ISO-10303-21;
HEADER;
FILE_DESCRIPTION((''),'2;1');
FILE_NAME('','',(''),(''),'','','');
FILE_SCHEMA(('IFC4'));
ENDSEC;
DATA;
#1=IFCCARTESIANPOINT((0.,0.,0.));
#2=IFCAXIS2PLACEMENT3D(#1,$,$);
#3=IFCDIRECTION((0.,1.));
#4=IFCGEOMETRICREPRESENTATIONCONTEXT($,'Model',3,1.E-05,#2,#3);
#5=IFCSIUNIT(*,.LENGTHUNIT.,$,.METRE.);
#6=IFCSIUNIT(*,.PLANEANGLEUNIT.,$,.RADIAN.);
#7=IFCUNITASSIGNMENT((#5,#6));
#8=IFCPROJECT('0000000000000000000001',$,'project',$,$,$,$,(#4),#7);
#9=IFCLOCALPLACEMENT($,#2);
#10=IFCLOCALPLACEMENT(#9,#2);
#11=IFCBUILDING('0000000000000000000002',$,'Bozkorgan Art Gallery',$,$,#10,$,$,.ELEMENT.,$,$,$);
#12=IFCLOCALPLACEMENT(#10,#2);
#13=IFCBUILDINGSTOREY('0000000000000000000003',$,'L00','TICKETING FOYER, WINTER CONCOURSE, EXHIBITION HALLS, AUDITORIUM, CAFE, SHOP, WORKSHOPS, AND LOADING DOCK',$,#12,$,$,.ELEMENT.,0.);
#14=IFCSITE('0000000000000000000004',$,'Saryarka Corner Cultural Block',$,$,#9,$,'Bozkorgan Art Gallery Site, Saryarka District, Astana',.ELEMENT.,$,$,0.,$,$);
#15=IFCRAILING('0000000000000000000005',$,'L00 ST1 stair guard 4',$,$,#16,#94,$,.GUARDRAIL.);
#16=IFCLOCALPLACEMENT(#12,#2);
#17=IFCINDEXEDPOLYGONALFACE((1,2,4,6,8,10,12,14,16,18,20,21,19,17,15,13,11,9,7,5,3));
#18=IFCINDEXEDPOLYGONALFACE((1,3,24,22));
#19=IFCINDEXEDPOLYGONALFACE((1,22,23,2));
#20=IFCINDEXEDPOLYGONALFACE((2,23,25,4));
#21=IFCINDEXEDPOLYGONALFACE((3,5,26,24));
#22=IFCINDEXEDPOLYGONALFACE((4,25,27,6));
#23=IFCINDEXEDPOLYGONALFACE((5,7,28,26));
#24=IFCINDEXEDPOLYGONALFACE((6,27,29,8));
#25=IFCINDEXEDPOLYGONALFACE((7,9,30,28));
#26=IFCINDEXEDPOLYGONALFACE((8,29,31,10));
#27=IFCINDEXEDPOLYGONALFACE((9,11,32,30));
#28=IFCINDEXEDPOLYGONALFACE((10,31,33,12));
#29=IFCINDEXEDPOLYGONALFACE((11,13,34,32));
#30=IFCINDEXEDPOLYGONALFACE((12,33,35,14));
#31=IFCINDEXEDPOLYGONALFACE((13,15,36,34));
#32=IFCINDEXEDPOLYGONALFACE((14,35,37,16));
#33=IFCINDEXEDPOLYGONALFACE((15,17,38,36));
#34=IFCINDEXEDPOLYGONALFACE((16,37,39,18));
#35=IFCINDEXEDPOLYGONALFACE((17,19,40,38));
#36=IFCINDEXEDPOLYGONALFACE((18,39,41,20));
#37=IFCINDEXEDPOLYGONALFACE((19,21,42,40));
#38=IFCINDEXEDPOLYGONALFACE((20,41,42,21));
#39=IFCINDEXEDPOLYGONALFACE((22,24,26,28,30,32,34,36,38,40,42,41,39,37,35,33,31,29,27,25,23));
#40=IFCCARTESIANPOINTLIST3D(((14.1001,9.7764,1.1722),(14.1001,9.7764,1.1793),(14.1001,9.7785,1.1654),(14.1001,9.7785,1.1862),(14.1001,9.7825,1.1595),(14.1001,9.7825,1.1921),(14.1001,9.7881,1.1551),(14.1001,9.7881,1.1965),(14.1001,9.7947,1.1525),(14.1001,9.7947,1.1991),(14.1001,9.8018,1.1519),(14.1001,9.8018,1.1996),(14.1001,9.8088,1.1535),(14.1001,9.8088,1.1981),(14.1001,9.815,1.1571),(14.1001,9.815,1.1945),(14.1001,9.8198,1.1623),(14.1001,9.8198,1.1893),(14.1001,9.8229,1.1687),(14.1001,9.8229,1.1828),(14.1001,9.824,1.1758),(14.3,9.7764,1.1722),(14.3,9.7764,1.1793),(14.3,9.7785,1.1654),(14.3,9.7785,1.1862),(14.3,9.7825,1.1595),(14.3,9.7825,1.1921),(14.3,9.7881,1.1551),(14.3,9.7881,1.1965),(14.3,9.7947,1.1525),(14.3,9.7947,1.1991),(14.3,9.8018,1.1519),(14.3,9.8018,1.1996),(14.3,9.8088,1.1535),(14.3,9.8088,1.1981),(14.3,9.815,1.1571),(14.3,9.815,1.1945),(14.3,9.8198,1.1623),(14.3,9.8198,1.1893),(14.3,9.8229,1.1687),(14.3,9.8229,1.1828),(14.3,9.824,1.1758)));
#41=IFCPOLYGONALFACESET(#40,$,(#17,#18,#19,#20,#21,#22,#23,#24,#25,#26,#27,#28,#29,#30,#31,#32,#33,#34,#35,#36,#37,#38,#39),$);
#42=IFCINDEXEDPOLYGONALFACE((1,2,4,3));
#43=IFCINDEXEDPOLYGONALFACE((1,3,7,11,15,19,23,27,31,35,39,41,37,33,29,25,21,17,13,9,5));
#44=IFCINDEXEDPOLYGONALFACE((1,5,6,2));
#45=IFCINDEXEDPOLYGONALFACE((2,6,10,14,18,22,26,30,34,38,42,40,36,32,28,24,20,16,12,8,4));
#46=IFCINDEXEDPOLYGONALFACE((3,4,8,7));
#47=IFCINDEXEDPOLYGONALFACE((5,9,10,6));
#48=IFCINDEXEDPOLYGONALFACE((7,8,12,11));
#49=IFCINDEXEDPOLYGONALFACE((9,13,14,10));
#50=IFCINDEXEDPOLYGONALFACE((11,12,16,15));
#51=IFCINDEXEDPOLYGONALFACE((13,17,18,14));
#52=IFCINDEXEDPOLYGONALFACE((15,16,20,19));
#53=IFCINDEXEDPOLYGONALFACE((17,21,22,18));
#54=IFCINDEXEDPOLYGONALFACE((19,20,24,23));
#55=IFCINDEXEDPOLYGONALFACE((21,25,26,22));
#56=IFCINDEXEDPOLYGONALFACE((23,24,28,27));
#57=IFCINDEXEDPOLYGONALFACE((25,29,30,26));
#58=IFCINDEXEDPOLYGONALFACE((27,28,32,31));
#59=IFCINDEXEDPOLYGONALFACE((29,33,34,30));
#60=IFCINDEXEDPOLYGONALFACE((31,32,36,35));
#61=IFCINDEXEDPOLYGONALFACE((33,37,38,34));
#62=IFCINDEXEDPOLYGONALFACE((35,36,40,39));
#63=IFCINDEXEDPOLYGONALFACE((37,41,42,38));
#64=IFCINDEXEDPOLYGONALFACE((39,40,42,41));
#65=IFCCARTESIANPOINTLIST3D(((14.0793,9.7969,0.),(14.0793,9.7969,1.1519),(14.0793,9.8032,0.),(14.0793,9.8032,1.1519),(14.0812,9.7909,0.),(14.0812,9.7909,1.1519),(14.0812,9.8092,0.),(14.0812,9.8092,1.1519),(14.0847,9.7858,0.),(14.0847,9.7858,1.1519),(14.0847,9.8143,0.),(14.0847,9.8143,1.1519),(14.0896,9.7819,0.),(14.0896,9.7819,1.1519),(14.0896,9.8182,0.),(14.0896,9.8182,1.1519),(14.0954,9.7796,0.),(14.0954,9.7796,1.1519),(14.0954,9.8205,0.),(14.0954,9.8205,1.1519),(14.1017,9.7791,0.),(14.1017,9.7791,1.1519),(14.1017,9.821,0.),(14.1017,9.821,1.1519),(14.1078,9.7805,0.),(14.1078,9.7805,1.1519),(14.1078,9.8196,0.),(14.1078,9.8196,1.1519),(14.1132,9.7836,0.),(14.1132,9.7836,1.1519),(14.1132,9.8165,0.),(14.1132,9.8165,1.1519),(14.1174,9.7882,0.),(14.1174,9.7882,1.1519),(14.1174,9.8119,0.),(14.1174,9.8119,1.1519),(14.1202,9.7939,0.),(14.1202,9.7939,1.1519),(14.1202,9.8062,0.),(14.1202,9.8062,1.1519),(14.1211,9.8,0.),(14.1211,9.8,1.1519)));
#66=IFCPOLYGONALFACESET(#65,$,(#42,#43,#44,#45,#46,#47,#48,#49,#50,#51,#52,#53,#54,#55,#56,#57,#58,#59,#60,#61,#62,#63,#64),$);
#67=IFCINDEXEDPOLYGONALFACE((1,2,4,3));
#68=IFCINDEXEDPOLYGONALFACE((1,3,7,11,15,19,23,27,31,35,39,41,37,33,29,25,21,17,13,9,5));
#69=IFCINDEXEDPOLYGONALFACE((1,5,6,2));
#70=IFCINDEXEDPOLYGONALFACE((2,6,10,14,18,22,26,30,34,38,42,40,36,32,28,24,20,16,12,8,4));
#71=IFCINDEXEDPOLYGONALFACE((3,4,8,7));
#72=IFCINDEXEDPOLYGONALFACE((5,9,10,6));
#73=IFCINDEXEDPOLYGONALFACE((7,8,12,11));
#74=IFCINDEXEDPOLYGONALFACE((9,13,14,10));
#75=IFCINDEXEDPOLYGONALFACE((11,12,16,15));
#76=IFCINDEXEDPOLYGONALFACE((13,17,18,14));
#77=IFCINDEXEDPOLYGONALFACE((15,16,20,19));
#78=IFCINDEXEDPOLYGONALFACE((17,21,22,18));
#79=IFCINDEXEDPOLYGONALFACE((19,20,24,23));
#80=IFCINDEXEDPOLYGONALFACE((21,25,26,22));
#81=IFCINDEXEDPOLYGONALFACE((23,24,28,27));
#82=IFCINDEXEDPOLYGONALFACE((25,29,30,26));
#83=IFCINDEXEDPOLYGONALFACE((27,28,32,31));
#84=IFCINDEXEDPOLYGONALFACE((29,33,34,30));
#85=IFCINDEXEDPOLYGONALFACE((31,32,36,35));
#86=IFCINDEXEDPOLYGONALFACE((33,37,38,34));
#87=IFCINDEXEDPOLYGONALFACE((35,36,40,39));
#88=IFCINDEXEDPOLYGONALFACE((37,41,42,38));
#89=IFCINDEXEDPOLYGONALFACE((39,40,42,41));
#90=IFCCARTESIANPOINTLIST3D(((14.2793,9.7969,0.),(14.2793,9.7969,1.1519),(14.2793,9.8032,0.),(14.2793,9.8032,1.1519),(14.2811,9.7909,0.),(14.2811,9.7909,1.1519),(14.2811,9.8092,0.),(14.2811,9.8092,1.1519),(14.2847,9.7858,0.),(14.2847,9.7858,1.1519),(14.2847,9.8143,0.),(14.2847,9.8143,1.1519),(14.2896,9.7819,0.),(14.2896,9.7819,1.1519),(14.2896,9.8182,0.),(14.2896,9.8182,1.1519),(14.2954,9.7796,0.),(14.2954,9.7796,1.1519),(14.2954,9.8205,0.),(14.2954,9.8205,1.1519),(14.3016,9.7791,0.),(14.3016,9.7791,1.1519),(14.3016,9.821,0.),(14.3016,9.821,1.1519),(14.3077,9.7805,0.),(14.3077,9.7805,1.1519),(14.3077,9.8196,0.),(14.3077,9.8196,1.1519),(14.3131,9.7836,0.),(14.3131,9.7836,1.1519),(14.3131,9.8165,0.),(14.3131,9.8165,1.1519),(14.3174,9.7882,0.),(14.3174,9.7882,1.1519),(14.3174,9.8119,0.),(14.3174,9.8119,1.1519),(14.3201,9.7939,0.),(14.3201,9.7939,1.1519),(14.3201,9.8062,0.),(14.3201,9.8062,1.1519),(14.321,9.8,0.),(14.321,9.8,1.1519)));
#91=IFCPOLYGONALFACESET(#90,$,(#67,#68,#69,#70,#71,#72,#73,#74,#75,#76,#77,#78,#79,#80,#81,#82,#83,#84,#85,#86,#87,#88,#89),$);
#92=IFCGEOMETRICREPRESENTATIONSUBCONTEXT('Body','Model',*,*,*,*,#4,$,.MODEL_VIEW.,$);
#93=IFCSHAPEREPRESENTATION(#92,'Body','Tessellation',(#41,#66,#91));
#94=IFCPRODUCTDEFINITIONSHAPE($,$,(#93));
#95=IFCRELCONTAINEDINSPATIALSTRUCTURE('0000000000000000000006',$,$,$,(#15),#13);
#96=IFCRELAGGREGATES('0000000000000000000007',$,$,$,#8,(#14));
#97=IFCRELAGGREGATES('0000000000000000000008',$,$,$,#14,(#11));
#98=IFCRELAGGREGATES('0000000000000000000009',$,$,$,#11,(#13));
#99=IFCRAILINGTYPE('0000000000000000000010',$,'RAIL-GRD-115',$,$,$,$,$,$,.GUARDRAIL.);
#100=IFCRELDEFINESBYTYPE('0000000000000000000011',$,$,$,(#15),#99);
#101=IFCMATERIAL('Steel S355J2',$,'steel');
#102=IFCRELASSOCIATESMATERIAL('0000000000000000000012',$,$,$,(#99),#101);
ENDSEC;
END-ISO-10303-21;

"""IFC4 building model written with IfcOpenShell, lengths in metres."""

from ifc_helpers import new_model, si_unit, direction, frame, origin, origin_2d, place, context, subcontext, project, spatial, circle, extrude, material, type_object, element, save


model = new_model("IFC4")

# Units and contexts
model_context = context("Model", 3, precision=1e-05, world=origin(), true_north=direction((0.0, 1.0)))
body_context = subcontext(model_context, "Body", "Model", "MODEL_VIEW")
ifc_project = project(units=[si_unit("LENGTHUNIT", "METRE"), si_unit("PLANEANGLEUNIT", "RADIAN")], contexts=[model_context])

# Site, building, storey
site_placement = place(None, origin())
site = spatial("IfcSite", under=ifc_project, at=site_placement, Name="Saryarka Corner Cultural Block", LongName="Bozkorgan Art Gallery Site, Saryarka District, Astana", CompositionType="ELEMENT", RefElevation=0.0)
building_placement = place(site_placement, origin())
building = spatial("IfcBuilding", under=site, at=building_placement, Name="Bozkorgan Art Gallery", CompositionType="ELEMENT")
storey_placement = place(building_placement, origin())
storey = spatial("IfcBuildingStorey", under=building, at=storey_placement, Name="L00", Description="TICKETING FOYER, WINTER CONCOURSE, EXHIBITION HALLS, AUDITORIUM, CAFE, SHOP, WORKSHOPS, AND LOADING DOCK", CompositionType="ELEMENT", Elevation=0.0)

# Shared definitions
ifc_material_1 = material(Name="Steel S355J2", Category="steel")

# Railing
railing_type_1 = type_object("IfcRailingType", Name="RAIL-GRD-115", PredefinedType="GUARDRAIL", material=ifc_material_1)
railing_1_placement = place(storey_placement, frame((14.1001, 9.8, 0.0)))
element("IfcRailing", 1, at=railing_1_placement, inside=storey, type_object=railing_type_1, Name="L00 ST1 stair guard 4", PredefinedType="GUARDRAIL", context=body_context, shape_type="SweptSolid", body=[
    extrude(circle(Radius=0.0239, at=origin_2d()), frame((0.0, 0.0, 1.1758), z_axis=(1.0, 0.0, 0.0), x_axis=(0.0, 1.0, 0.0)), (0.0, 0.0, 1.0), 0.2),
    extrude(circle(Radius=0.021, at=origin_2d()), origin(), (0.0, 0.0, 1.0), 1.1519),
    extrude(circle(Radius=0.021, at=origin_2d()), frame((0.2, 0.0, 0.0)), (0.0, 0.0, 1.0), 1.1519),
])

save(model, "model.ifc")
